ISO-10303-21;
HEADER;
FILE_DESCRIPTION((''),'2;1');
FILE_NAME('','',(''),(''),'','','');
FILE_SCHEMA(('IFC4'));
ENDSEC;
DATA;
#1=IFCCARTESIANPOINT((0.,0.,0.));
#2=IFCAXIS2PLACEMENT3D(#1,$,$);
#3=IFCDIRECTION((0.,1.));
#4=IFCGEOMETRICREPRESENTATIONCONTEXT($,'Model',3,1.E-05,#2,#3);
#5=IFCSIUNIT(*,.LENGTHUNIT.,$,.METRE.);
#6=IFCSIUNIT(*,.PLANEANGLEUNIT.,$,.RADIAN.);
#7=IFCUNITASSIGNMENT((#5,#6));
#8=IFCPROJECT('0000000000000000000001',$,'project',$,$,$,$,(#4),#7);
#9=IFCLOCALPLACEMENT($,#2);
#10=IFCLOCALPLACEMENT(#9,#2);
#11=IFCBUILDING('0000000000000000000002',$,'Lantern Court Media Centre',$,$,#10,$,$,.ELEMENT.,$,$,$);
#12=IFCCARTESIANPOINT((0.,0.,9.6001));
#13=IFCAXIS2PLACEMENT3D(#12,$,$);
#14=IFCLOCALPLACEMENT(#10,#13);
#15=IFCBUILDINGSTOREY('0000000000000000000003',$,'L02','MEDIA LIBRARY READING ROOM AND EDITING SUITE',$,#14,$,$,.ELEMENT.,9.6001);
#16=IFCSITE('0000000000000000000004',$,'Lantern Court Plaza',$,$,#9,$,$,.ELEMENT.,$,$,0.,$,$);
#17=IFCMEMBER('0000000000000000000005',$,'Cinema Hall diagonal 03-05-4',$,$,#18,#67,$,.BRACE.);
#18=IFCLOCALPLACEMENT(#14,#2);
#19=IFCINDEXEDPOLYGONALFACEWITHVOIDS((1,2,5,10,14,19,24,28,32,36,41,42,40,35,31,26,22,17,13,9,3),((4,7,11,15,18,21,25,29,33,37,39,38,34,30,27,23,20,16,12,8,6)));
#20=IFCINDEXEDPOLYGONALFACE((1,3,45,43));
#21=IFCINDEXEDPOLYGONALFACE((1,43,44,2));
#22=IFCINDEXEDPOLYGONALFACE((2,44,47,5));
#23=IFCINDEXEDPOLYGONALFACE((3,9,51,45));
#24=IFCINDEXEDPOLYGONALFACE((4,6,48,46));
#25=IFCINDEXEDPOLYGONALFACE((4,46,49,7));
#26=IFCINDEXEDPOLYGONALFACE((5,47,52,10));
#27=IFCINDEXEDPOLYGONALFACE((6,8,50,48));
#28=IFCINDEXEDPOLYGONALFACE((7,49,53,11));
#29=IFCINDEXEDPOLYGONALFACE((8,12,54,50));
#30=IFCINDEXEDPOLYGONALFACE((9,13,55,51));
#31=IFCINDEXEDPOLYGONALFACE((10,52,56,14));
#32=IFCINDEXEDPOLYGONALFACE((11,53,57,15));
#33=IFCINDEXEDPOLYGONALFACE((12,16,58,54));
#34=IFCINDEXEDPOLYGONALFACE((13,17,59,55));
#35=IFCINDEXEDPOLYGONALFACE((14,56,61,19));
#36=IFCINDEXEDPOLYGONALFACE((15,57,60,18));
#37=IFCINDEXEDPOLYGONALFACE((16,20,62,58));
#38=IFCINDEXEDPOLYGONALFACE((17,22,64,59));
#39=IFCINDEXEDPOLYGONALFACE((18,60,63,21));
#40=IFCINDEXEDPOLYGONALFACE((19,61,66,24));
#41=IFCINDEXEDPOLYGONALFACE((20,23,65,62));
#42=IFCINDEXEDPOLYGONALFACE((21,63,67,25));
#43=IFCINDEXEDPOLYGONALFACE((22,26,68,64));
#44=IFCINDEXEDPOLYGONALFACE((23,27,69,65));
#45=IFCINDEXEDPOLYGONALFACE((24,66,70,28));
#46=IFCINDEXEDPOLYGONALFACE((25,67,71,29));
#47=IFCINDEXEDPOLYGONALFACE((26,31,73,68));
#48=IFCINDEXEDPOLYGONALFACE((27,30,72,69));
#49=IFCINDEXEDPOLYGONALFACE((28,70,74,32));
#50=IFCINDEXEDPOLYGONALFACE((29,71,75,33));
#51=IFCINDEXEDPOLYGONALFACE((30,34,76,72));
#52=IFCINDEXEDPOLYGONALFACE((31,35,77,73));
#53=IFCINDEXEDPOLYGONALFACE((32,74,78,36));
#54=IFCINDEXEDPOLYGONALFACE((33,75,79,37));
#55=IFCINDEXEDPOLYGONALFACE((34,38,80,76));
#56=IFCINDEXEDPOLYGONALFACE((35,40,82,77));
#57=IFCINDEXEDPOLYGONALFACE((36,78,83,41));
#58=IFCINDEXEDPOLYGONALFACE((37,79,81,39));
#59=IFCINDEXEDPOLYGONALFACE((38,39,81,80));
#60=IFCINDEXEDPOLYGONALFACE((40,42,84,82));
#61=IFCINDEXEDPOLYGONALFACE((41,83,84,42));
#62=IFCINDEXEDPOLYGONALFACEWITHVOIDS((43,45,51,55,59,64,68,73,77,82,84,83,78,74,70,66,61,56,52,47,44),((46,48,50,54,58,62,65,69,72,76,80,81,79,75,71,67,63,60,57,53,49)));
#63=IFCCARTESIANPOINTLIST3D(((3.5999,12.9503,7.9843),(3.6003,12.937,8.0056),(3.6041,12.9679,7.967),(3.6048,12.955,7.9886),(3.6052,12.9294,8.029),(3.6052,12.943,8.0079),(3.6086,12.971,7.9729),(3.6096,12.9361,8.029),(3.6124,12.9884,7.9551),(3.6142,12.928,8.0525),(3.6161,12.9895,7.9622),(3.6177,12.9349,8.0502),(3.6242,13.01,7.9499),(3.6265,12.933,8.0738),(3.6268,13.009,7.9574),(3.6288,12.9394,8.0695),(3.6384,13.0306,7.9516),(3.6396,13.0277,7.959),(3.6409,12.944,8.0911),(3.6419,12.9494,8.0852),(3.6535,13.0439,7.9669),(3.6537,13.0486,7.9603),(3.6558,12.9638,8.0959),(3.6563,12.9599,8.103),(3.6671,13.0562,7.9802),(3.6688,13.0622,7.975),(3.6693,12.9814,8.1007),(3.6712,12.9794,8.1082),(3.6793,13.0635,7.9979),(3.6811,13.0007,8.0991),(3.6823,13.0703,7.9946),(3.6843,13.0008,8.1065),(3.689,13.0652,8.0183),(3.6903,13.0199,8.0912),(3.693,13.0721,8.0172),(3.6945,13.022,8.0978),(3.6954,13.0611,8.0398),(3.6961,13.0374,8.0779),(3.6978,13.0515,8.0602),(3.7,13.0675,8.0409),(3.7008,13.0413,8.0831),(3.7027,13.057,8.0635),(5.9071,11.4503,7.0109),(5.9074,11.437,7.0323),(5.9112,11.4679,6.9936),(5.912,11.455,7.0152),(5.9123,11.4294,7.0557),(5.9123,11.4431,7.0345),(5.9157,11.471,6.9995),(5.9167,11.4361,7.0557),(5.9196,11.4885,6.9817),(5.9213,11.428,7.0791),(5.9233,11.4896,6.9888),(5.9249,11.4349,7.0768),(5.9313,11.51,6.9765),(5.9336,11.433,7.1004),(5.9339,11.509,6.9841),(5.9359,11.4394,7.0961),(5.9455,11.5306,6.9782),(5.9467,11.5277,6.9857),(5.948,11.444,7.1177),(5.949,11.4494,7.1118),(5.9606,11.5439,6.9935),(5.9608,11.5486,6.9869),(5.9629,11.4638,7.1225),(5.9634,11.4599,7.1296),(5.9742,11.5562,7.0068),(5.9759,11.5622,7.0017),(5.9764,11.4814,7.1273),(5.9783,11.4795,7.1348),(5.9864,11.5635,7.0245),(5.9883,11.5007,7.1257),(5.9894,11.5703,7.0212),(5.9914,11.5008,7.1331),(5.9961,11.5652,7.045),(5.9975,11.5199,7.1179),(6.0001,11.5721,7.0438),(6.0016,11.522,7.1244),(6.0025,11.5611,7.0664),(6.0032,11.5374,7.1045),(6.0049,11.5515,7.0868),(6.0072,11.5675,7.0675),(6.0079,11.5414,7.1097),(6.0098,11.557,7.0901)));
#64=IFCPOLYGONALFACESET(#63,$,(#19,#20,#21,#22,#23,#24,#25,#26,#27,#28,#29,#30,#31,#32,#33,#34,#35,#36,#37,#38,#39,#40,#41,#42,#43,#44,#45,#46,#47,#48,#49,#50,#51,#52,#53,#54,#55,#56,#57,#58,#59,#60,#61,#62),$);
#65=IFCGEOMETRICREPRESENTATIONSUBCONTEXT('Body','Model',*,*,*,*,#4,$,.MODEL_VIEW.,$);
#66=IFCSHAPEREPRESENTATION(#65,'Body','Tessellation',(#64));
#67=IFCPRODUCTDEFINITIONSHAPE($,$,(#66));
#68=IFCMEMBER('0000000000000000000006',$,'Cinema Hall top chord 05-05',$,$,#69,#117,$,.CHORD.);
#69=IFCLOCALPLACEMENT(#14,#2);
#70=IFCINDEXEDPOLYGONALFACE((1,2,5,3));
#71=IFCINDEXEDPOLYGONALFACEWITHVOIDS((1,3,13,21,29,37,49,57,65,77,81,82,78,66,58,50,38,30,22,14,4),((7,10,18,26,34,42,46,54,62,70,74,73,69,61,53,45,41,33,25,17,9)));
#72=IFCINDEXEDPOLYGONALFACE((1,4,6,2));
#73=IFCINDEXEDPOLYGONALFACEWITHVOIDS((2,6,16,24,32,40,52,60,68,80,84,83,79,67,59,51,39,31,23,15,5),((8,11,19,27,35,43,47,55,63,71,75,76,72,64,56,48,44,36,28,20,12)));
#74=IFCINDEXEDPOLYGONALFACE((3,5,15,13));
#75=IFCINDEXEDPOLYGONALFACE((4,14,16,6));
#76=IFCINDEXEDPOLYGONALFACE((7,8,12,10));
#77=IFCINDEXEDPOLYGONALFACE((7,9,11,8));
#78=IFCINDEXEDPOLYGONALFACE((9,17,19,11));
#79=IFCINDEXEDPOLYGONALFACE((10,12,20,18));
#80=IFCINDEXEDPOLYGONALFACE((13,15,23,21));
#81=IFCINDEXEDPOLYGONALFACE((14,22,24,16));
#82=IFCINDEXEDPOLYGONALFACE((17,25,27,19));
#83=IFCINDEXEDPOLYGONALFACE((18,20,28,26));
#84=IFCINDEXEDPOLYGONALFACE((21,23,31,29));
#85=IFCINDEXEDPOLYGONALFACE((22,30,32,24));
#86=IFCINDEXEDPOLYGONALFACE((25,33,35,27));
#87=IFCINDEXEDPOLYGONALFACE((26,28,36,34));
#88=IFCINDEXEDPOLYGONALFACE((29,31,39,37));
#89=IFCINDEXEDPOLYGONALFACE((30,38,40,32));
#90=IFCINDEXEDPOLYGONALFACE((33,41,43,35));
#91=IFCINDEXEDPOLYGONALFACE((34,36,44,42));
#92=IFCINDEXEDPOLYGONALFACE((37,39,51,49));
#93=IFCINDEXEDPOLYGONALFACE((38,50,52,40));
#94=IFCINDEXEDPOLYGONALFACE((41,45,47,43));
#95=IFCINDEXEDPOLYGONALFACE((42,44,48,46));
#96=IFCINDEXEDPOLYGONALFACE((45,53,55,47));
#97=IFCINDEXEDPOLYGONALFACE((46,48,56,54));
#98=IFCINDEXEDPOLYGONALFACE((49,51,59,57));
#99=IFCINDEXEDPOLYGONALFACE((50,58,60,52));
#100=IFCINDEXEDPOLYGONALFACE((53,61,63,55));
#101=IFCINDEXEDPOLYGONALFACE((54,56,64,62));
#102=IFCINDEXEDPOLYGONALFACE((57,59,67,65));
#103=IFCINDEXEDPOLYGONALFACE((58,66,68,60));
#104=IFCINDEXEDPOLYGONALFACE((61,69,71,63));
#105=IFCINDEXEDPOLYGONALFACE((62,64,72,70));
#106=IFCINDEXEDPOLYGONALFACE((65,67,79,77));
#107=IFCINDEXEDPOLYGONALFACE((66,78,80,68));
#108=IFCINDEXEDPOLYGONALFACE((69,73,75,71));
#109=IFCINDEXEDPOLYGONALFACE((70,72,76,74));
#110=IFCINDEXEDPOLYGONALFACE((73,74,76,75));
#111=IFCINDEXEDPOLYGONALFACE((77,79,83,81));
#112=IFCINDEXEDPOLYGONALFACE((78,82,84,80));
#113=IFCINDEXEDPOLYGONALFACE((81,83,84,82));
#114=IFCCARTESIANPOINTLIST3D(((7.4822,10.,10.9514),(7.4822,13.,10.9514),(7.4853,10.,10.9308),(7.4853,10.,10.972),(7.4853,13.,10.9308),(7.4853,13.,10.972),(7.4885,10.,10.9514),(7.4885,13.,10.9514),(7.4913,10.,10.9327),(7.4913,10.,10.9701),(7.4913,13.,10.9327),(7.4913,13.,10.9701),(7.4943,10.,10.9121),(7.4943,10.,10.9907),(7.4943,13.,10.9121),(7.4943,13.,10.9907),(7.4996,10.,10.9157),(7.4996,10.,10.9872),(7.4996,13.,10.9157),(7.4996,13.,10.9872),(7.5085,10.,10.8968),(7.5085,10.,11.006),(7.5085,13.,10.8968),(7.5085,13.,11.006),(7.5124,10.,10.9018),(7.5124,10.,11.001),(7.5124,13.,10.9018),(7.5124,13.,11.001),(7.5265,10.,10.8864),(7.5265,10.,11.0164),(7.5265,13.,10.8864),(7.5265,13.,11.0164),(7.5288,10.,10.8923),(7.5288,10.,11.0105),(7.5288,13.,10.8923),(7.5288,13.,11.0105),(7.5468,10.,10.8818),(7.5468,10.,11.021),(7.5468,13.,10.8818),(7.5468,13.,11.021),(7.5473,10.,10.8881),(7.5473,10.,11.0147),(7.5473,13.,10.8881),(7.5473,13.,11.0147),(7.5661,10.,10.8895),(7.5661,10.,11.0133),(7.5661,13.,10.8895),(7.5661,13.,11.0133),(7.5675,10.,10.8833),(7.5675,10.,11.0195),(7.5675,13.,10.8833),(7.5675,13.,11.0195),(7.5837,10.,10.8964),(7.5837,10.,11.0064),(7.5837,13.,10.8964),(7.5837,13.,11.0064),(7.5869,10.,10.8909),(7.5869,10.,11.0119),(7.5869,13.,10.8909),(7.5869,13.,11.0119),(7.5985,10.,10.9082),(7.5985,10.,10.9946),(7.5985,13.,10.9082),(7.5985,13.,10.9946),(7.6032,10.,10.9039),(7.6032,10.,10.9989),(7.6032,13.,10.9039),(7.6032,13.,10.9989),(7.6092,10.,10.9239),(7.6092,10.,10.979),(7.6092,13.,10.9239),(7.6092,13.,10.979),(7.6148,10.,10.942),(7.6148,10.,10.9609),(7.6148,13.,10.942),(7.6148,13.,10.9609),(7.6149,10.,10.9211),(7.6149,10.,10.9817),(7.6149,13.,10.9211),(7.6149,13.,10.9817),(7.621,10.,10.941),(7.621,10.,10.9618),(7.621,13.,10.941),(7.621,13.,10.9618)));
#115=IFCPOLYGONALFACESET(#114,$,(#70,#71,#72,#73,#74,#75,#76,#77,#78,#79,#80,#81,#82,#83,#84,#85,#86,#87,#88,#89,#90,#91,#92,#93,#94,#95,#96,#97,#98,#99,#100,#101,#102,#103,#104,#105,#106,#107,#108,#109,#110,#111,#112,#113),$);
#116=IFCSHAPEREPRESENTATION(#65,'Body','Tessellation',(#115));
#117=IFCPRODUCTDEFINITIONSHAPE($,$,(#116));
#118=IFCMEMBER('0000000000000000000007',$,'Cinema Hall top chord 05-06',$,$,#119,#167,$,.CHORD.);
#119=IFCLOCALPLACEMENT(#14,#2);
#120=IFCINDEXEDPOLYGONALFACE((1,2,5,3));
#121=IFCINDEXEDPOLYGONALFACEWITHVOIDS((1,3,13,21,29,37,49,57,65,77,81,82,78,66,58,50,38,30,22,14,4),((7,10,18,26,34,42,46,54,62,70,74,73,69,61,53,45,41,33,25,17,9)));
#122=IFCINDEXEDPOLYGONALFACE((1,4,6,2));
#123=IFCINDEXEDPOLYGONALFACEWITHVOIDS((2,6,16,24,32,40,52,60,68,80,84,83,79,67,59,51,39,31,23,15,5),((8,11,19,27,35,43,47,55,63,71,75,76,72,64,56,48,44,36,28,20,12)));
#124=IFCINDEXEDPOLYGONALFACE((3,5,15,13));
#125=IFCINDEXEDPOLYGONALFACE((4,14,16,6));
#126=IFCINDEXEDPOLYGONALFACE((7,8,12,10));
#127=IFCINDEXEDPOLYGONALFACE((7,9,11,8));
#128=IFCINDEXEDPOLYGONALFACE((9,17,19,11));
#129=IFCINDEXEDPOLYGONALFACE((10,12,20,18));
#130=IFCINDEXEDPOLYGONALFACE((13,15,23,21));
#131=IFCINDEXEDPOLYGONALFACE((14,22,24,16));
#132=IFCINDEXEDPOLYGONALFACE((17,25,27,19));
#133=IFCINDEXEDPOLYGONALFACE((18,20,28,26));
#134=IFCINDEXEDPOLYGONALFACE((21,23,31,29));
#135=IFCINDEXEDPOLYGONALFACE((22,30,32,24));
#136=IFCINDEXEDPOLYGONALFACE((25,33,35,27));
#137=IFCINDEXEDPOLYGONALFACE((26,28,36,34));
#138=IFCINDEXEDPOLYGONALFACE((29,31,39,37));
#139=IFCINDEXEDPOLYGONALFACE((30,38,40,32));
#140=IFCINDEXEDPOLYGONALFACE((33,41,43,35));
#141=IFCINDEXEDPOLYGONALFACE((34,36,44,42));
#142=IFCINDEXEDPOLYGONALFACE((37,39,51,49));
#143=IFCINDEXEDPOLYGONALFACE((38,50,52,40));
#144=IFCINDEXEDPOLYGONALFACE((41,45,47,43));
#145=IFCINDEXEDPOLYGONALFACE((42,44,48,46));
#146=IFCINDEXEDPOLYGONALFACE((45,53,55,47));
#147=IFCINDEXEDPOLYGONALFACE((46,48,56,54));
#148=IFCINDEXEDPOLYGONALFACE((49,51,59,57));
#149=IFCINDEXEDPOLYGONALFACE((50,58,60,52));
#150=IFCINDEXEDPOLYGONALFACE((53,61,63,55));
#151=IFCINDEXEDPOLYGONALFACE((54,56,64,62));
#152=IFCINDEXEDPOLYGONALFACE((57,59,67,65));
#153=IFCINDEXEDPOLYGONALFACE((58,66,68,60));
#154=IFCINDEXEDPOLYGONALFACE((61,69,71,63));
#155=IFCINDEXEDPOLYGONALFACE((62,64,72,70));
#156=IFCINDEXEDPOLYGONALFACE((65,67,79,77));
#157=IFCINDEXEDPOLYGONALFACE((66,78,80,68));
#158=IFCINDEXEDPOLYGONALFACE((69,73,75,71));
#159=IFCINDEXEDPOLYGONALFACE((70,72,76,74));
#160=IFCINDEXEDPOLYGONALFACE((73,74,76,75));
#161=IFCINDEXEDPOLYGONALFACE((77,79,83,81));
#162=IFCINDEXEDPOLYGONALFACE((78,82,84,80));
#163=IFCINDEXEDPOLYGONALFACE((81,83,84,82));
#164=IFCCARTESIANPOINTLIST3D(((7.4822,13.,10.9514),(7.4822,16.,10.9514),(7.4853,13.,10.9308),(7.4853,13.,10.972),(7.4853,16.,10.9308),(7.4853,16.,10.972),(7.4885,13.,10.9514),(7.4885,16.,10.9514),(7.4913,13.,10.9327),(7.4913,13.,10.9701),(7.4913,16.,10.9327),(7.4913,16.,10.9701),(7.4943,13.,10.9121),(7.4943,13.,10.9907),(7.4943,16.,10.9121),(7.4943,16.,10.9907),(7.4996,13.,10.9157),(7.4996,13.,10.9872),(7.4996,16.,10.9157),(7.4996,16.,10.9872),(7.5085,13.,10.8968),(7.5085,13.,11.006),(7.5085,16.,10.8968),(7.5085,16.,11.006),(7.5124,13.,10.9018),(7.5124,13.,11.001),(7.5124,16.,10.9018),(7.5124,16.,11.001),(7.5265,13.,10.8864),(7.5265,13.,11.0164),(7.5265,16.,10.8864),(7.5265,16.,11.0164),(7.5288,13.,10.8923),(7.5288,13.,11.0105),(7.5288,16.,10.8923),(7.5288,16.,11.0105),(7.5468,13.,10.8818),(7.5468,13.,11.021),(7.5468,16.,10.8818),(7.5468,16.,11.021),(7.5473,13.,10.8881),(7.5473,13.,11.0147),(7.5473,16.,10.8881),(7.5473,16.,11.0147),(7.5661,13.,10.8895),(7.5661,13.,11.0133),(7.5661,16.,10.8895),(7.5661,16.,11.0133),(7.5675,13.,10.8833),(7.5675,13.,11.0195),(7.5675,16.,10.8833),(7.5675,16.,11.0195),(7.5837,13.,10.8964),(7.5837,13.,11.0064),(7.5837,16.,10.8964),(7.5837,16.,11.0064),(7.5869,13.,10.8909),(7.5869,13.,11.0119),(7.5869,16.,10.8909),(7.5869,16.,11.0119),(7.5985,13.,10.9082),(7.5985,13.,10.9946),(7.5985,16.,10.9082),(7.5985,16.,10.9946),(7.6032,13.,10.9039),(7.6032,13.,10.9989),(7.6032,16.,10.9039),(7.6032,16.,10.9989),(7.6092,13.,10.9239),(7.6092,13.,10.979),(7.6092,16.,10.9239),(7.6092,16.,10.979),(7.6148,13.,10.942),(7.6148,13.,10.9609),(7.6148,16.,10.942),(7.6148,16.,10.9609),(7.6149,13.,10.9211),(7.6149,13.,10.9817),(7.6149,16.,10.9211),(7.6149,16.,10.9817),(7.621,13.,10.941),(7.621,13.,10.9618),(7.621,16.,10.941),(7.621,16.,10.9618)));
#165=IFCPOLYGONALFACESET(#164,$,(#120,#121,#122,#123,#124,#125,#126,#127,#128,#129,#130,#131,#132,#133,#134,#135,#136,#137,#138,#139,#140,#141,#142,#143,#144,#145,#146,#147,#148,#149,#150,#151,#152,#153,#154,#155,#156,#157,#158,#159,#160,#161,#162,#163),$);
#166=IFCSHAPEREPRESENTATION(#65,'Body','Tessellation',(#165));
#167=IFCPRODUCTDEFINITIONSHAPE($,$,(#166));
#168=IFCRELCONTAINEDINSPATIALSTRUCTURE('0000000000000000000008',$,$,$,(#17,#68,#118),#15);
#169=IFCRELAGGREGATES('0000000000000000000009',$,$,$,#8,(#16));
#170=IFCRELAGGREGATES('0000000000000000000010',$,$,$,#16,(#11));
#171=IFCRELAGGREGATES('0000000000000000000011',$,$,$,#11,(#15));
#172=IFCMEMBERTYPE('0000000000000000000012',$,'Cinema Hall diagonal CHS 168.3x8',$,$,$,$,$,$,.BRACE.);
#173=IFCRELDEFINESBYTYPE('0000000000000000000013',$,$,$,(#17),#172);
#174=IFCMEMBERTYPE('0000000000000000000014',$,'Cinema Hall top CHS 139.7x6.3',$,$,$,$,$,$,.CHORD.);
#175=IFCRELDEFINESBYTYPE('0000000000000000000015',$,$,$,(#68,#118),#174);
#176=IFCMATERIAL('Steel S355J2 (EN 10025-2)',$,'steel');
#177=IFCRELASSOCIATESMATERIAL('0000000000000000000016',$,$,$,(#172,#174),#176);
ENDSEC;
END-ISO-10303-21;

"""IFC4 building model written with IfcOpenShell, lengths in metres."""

from ifc_helpers import new_model, si_unit, direction, frame, origin, origin_2d, place, context, subcontext, project, spatial, hollow_circle, extrude, material, material_profile, profile_set, type_object, element, save


model = new_model("IFC4")

# Units and contexts
model_context = context("Model", 3, precision=1e-05, world=origin(), true_north=direction((0.0, 1.0)))
body_context = subcontext(model_context, "Body", "Model", "MODEL_VIEW")
ifc_project = project(units=[si_unit("LENGTHUNIT", "METRE"), si_unit("PLANEANGLEUNIT", "RADIAN")], contexts=[model_context])

# Site, building, storey
site_placement = place(None, origin())
site = spatial("IfcSite", under=ifc_project, at=site_placement, Name="Lantern Court Plaza", CompositionType="ELEMENT", RefElevation=0.0)
building_placement = place(site_placement, origin())
building = spatial("IfcBuilding", under=site, at=building_placement, Name="Lantern Court Media Centre", CompositionType="ELEMENT")
storey_placement = place(building_placement, frame((0.0, 0.0, 9.6001)))
storey = spatial("IfcBuildingStorey", under=building, at=storey_placement, Name="L02", Description="MEDIA LIBRARY READING ROOM AND EDITING SUITE", CompositionType="ELEMENT", Elevation=9.6001)

# Members
ifc_material = material(Name="Steel S355J2 (EN 10025-2)", Category="steel")
ifc_material_profile_1 = material_profile(ifc_material, hollow_circle(Radius=0.0842, WallThickness=0.0081, at=origin_2d()), Name="Cinema Hall diagonal CHS 168.3x8")
ifc_profile_set_1 = profile_set([ifc_material_profile_1], Name="Steel S355J2 (EN 10025-2)")
member_type_1 = type_object("IfcMemberType", Name="Cinema Hall diagonal CHS 168.3x8", PredefinedType="BRACE", material=ifc_profile_set_1)
member_1_placement = place(storey_placement, frame((5.9583, 11.5, 7.0557), z_axis=(-0.790394, 0.513882, 0.333471), x_axis=(-0.545082, -0.838383, 0.0)))
element("IfcMember", 1, at=member_1_placement, inside=storey, type_object=member_type_1, Name="Cinema Hall diagonal 03-05-4", PredefinedType="BRACE", context=body_context, shape_type="SweptSolid", body=[
    extrude(hollow_circle(Radius=0.0842, WallThickness=0.0081, at=origin_2d()), origin(), (0.0, 0.0, 1.0), 2.9189),
])
ifc_material_profile_2 = material_profile(ifc_material, hollow_circle(Radius=0.0698, WallThickness=0.0063, at=origin_2d()), Name="Cinema Hall top CHS 139.7x6.3")
ifc_profile_set_2 = profile_set([ifc_material_profile_2], Name="Steel S355J2 (EN 10025-2)")
member_type_2 = type_object("IfcMemberType", Name="Cinema Hall top CHS 139.7x6.3", PredefinedType="CHORD", material=ifc_profile_set_2)
for number, where, z_axis, x_axis, name in (
    (2, (7.552, 10.0, 10.9514), (0.0, 1.0, 0.0), (-1.0, 0.0, 0.0), "Cinema Hall top chord 05-05"),
    (3, (7.552, 13.0, 10.9514), (0.0, 1.0, 0.0), (-1.0, 0.0, 0.0), "Cinema Hall top chord 05-06"),
):
    element("IfcMember", number, at=place(storey_placement, frame(where, z_axis=z_axis, x_axis=x_axis)), inside=storey, type_object=member_type_2, Name=name, PredefinedType="CHORD", context=body_context, shape_type="SweptSolid", body=[
        extrude(hollow_circle(Radius=0.0698, WallThickness=0.0063, at=origin_2d()), origin(), (0.0, 0.0, 1.0), 3.0),
    ])

save(model, "model.ifc")
